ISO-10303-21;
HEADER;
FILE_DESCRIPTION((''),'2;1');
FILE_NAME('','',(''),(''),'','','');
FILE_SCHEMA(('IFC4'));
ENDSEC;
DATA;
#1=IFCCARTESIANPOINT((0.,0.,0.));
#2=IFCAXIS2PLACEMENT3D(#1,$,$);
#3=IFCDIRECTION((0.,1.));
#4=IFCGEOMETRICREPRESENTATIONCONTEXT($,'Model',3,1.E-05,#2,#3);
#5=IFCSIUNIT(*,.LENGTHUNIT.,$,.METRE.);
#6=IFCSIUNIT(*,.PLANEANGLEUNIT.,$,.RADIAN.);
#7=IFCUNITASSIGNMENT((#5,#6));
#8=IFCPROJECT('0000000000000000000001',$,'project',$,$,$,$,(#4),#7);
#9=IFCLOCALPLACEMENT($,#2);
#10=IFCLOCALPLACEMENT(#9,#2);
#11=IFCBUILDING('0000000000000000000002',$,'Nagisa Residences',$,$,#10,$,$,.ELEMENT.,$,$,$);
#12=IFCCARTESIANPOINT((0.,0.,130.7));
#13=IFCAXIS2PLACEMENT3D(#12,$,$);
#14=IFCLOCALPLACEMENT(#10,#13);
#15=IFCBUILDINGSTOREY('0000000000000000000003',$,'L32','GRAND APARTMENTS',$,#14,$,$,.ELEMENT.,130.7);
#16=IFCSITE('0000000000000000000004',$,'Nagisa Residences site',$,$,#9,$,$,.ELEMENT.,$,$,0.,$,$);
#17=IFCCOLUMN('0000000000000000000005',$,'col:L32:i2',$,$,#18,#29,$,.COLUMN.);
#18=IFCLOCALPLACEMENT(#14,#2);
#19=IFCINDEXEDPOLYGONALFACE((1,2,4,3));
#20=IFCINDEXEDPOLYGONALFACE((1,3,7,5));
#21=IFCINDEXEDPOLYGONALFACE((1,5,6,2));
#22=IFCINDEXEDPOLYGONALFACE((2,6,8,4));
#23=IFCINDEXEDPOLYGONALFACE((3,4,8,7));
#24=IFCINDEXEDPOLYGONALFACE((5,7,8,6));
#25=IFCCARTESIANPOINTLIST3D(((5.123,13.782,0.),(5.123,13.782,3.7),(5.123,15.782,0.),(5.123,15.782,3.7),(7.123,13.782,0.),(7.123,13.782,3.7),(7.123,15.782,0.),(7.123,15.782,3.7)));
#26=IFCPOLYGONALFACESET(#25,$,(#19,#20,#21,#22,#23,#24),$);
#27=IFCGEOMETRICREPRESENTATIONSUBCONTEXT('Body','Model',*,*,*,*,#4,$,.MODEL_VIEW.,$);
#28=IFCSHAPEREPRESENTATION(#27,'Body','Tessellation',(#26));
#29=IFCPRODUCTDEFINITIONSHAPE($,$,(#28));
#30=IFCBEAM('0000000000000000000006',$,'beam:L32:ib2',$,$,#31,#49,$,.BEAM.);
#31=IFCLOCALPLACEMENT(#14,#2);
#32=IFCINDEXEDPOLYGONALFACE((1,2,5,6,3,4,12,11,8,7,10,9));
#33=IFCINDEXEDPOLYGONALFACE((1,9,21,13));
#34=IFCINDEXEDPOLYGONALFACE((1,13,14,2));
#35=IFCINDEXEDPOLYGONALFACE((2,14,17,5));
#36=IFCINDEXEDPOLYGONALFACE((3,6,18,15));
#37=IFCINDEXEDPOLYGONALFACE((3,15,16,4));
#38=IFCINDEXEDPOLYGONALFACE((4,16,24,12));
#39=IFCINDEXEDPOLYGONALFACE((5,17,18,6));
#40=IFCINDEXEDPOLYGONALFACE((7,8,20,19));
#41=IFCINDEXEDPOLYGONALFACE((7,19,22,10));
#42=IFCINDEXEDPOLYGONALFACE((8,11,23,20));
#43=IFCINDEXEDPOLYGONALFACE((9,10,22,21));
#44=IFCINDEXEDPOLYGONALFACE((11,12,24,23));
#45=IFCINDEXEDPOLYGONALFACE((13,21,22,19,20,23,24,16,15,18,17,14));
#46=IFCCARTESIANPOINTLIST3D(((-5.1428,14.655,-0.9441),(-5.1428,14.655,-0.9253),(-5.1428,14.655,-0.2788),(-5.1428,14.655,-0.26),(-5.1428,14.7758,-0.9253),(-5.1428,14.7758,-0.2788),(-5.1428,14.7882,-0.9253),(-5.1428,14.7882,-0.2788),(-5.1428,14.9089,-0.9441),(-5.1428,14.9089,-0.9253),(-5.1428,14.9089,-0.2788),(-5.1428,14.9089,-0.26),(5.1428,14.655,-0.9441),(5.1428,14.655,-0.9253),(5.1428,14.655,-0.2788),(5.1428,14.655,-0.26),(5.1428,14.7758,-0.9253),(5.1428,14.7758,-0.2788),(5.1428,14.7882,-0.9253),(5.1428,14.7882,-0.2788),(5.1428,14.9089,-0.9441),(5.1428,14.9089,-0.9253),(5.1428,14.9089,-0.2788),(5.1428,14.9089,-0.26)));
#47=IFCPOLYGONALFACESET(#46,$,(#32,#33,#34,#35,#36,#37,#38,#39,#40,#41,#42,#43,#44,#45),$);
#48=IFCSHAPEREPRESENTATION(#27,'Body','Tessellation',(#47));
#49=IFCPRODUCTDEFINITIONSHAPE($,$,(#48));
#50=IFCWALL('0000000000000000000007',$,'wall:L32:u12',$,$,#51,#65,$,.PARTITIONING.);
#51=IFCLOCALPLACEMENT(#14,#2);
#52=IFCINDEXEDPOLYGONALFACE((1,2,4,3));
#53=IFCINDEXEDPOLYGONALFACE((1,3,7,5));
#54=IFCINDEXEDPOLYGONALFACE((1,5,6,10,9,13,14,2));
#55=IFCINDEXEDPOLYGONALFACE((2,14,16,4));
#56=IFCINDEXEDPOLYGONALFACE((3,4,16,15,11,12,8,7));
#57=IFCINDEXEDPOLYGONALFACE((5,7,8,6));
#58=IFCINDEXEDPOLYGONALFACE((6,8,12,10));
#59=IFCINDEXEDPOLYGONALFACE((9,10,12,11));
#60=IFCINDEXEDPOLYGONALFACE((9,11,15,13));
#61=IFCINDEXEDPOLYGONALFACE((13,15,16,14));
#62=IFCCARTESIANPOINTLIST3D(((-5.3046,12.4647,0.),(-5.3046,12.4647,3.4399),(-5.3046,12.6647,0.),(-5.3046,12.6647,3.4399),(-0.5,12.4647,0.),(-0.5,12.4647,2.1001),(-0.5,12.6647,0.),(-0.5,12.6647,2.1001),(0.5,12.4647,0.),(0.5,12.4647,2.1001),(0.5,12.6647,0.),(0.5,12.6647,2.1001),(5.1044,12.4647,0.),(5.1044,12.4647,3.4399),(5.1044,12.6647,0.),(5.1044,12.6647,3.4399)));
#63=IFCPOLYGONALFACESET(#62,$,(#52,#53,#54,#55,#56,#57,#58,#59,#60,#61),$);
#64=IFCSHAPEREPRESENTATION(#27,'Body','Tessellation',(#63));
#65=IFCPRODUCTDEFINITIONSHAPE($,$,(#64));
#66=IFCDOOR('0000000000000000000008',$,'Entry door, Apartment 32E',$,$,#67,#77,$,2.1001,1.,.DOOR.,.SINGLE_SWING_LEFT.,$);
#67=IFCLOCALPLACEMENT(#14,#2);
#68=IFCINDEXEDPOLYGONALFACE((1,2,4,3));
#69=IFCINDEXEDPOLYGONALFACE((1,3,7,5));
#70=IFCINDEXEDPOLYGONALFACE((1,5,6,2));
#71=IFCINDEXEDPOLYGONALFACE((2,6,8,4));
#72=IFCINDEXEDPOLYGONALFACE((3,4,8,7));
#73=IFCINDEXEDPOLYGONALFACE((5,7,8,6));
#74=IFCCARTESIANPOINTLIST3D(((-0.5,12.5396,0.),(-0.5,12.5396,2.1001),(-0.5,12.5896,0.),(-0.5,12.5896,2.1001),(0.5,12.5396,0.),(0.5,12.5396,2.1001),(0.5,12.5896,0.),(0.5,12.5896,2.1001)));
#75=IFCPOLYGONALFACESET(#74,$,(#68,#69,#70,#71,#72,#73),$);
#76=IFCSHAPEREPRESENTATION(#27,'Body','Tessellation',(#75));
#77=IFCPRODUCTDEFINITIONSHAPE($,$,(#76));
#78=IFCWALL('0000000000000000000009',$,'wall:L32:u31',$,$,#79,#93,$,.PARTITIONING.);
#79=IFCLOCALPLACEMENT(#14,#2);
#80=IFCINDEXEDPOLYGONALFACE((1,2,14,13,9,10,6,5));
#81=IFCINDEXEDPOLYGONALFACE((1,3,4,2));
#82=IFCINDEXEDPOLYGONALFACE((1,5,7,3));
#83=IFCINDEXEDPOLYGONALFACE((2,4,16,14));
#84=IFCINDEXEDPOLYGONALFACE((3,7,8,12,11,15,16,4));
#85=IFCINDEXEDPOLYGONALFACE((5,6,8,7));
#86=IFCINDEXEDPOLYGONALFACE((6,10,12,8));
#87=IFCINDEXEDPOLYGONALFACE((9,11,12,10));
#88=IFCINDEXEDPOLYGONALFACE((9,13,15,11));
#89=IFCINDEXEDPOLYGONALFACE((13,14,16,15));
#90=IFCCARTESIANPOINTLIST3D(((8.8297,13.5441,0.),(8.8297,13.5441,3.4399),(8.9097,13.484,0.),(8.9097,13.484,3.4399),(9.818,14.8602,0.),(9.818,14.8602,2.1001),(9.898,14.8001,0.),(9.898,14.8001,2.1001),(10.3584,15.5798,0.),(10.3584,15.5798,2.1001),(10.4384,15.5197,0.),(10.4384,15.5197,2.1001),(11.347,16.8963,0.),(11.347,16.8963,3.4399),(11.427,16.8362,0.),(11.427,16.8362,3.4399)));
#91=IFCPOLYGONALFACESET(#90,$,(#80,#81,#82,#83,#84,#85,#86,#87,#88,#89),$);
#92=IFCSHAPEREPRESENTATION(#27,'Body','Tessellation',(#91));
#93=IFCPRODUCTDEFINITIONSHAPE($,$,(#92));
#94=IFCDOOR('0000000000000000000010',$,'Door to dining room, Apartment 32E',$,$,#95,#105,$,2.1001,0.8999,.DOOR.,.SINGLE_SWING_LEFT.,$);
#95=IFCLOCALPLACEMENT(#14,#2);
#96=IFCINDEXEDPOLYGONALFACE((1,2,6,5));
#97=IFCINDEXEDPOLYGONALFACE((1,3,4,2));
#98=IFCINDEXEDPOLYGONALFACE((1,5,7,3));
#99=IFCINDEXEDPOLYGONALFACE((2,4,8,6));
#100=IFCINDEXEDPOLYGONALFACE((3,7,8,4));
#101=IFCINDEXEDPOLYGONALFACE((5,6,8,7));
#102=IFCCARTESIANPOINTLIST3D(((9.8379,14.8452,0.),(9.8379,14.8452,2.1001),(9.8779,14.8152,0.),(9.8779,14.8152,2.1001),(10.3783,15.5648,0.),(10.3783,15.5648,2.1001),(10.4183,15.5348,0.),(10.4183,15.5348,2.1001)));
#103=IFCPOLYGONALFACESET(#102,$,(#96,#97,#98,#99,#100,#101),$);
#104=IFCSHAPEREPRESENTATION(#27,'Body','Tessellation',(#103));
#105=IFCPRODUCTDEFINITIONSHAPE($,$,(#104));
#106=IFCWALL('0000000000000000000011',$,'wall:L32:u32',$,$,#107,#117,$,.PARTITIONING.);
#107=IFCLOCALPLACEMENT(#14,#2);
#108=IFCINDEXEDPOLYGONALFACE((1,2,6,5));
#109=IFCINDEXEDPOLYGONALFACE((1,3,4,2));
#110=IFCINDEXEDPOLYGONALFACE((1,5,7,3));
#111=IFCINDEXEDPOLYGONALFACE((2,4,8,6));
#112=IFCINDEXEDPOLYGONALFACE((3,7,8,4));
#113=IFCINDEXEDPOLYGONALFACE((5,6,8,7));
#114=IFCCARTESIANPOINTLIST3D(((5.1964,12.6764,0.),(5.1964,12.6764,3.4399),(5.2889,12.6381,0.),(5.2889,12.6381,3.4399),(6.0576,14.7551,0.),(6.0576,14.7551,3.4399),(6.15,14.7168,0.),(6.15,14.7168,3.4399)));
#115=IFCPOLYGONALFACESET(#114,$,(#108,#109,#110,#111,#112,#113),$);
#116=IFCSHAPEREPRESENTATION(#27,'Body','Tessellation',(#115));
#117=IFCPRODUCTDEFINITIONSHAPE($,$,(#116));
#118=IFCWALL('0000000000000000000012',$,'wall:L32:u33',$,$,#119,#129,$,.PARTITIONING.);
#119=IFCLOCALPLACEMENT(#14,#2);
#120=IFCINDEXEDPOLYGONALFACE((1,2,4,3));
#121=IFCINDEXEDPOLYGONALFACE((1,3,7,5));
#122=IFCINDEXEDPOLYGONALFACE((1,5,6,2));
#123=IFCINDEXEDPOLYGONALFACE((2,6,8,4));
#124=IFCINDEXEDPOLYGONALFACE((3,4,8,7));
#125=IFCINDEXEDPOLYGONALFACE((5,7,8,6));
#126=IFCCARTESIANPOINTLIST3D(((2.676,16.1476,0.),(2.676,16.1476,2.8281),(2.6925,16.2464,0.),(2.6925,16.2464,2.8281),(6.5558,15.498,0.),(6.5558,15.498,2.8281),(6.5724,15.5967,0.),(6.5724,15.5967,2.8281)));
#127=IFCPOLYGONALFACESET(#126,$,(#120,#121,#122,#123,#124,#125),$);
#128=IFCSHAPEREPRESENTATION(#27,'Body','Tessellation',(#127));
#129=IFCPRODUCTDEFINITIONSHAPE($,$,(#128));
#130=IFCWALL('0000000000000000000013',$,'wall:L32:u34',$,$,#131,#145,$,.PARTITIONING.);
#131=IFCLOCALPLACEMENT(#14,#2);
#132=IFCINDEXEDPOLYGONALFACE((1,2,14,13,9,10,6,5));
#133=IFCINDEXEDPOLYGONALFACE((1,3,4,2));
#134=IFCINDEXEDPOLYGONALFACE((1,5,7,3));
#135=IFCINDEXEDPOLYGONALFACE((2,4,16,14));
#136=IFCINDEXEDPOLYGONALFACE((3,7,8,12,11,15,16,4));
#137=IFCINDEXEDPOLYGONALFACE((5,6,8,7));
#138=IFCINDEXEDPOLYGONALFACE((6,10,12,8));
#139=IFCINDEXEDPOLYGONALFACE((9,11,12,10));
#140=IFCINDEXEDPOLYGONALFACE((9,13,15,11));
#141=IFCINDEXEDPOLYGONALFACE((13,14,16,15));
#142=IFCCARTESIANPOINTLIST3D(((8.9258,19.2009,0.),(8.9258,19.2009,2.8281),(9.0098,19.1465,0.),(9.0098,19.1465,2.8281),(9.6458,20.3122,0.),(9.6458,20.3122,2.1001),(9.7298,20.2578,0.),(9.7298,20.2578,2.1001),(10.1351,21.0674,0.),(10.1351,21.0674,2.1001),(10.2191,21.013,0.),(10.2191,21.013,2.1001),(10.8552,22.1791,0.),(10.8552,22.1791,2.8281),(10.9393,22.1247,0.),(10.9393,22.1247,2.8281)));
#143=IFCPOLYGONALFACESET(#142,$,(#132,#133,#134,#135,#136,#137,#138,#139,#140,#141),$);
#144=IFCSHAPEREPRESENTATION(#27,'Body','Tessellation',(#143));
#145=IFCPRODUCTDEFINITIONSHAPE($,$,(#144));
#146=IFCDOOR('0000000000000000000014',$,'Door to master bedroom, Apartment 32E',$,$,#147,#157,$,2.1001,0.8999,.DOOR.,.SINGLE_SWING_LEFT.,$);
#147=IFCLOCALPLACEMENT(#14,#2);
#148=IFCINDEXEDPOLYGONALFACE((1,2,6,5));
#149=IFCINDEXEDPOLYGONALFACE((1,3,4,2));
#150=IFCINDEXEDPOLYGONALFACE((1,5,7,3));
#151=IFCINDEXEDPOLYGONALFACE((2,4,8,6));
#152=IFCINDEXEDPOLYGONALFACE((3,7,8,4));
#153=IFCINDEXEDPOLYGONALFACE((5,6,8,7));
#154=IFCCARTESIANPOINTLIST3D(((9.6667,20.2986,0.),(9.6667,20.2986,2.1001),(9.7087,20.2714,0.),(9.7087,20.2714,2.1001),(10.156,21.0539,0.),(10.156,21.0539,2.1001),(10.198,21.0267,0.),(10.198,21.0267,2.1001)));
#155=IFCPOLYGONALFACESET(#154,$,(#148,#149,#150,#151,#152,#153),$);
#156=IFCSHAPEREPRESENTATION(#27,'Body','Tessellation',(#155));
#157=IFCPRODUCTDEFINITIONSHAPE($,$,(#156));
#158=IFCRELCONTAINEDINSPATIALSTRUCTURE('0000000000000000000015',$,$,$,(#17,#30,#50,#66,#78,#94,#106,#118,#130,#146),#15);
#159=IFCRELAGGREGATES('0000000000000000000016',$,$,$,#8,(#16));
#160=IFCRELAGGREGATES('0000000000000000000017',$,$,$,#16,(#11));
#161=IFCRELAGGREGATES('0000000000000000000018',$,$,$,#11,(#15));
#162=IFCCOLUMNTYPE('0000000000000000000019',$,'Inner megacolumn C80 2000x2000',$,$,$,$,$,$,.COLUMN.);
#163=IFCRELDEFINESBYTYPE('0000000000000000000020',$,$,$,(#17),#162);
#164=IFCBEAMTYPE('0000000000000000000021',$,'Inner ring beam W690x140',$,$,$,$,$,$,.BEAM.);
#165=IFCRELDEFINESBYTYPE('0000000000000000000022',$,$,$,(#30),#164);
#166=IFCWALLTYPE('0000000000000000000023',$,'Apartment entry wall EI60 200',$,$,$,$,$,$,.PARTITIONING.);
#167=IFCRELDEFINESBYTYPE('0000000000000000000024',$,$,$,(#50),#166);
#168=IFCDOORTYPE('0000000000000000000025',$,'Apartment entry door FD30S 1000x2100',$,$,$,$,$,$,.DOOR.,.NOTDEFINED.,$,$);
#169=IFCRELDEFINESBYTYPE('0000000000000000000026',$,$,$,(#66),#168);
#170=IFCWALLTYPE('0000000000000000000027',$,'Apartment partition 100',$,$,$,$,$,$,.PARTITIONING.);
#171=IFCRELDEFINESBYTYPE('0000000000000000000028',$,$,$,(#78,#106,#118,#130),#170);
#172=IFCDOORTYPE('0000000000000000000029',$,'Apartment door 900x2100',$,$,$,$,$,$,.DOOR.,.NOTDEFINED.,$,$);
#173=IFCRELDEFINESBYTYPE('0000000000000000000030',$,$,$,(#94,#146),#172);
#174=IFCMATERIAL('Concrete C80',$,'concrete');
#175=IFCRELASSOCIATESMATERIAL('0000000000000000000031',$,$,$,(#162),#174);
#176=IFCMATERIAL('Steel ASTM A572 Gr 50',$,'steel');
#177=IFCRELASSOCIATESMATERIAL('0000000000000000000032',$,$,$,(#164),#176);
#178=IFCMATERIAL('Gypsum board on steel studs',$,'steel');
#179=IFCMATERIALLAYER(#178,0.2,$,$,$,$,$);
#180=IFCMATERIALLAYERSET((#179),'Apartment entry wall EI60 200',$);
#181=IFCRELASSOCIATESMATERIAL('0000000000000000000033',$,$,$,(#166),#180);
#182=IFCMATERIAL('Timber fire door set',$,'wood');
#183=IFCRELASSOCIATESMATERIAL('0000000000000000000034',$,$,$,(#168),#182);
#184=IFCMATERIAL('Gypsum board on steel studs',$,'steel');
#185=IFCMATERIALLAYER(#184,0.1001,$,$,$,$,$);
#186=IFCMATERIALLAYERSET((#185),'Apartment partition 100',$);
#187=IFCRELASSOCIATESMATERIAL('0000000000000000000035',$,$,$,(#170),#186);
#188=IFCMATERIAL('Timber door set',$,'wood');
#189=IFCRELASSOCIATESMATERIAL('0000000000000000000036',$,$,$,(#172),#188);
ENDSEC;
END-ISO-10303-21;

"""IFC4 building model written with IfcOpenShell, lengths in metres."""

from ifc_helpers import new_model, si_unit, direction, frame, frame_2d, origin, origin_2d, place, context, subcontext, project, spatial, rectangle, i_section, extrude, material, layer, layer_set, material_profile, profile_set, type_object, element, fill, save


model = new_model("IFC4")

# Units and contexts
model_context = context("Model", 3, precision=1e-05, world=origin(), true_north=direction((0.0, 1.0)))
body_context = subcontext(model_context, "Body", "Model", "MODEL_VIEW")
ifc_project = project(units=[si_unit("LENGTHUNIT", "METRE"), si_unit("PLANEANGLEUNIT", "RADIAN")], contexts=[model_context])

# Site, building, storey
site_placement = place(None, origin())
site = spatial("IfcSite", under=ifc_project, at=site_placement, Name="Nagisa Residences site", CompositionType="ELEMENT", RefElevation=0.0)
building_placement = place(site_placement, origin())
building = spatial("IfcBuilding", under=site, at=building_placement, Name="Nagisa Residences", CompositionType="ELEMENT")
storey_placement = place(building_placement, frame((0.0, 0.0, 130.7)))
storey = spatial("IfcBuildingStorey", under=building, at=storey_placement, Name="L32", Description="GRAND APARTMENTS", CompositionType="ELEMENT", Elevation=130.7)

# Column
ifc_material_1 = material(Name="Concrete C80", Category="concrete")
ifc_material_profile_1 = material_profile(ifc_material_1, rectangle(XDim=2.0, YDim=2.0, at=origin_2d()), Name="C80 2000x2000")
ifc_profile_set_1 = profile_set([ifc_material_profile_1], Name="Concrete C80")
column_type = type_object("IfcColumnType", Name="Inner megacolumn C80 2000x2000", PredefinedType="COLUMN", material=ifc_profile_set_1)
column_placement = place(storey_placement, frame((6.123, 14.782, 0.0), z_axis=(0.0, 0.0, 1.0), x_axis=(1.0, 0.0, 0.0)))
element("IfcColumn", 1, at=column_placement, inside=storey, type_object=column_type, Name="col:L32:i2", PredefinedType="COLUMN", context=body_context, shape_type="SweptSolid", body=[
    extrude(rectangle(XDim=2.0, YDim=2.0, at=origin_2d()), origin(), (0.0, 0.0, 1.0), 3.7),
])

# Beam
ifc_material_2 = material(Name="Steel ASTM A572 Gr 50", Category="steel")
ifc_material_profile_2 = material_profile(ifc_material_2, i_section(OverallWidth=0.2539, OverallDepth=0.6841, WebThickness=0.0125, FlangeThickness=0.0188, at=origin_2d()), Name="W690x140")
ifc_profile_set_2 = profile_set([ifc_material_profile_2], Name="Steel ASTM A572 Gr 50")
beam_type = type_object("IfcBeamType", Name="Inner ring beam W690x140", PredefinedType="BEAM", material=ifc_profile_set_2)
beam_placement = place(storey_placement, frame((5.1428, 14.782, -0.6021), z_axis=(-1.0, 0.0, 0.0), x_axis=(0.0, -1.0, 0.0)))
element("IfcBeam", 2, at=beam_placement, inside=storey, type_object=beam_type, Name="beam:L32:ib2", PredefinedType="BEAM", context=body_context, shape_type="SweptSolid", body=[
    extrude(i_section(OverallWidth=0.2539, OverallDepth=0.6841, WebThickness=0.0125, FlangeThickness=0.0188, at=origin_2d()), origin(), (0.0, 0.0, 1.0), 10.2856),
])

# Walls, openings, doors
ifc_material_3 = material(Name="Gypsum board on steel studs", Category="steel")
ifc_layer_1 = layer(ifc_material_3, 0.2)
ifc_layer_set_1 = layer_set([ifc_layer_1], Name="Apartment entry wall EI60 200")
wall_type_1 = type_object("IfcWallType", Name="Apartment entry wall EI60 200", PredefinedType="PARTITIONING", material=ifc_layer_set_1)
wall_1_placement = place(storey_placement, frame((5.1045, 12.5647, 0.0), z_axis=(0.0, 0.0, 1.0), x_axis=(-1.0, 0.0, 0.0)))
wall_1 = element("IfcWall", 3, at=wall_1_placement, inside=storey, type_object=wall_type_1, Name="wall:L32:u12", PredefinedType="PARTITIONING", context=body_context, shape_type="SweptSolid", body=[
    extrude(rectangle(XDim=10.4089, YDim=0.2, at=frame_2d((5.2046, 0.0))), origin(), (0.0, 0.0, 1.0), 3.4399),
])
opening_1_placement = place(wall_1_placement, frame((4.6045, 0.0, 0.0)))
opening_1 = element("IfcOpeningElement", 4, at=opening_1_placement, cuts=wall_1, PredefinedType="OPENING", context=body_context, shape_type="SweptSolid", body=[
    extrude(rectangle(XDim=1.0, YDim=2.1001, at=frame_2d((0.5, 1.05))), frame((0.0, 0.1099, 0.0), z_axis=(0.0, -1.0, 0.0), x_axis=(1.0, 0.0, 0.0)), (0.0, 0.0, 1.0), 0.22),
])
ifc_material_4 = material(Name="Timber fire door set", Category="wood")
door_type_1 = type_object("IfcDoorType", Name="Apartment entry door FD30S 1000x2100", OperationType="NOTDEFINED", PredefinedType="DOOR", material=ifc_material_4)
door_1_placement = place(opening_1_placement, frame((1.0, 0.0, 0.0), x_axis=(-1.0, 0.0, 0.0)))
door_1 = element("IfcDoor", 5, at=door_1_placement, inside=storey, type_object=door_type_1, Name="Entry door, Apartment 32E", OperationType="SINGLE_SWING_LEFT", OverallHeight=2.1001, OverallWidth=1.0, PredefinedType="DOOR", context=body_context, shape_type="SweptSolid", body=[
    extrude(rectangle(XDim=1.0, YDim=2.1001, at=frame_2d((0.5, 1.05))), frame((0.0, 0.0249, 0.0), z_axis=(0.0, -1.0, 0.0), x_axis=(1.0, 0.0, 0.0)), (0.0, 0.0, 1.0), 0.05),
])
fill(opening_1, door_1)
ifc_material_5 = material(Name="Gypsum board on steel studs", Category="steel")
ifc_layer_2 = layer(ifc_material_5, 0.1001)
ifc_layer_set_2 = layer_set([ifc_layer_2], Name="Apartment partition 100")
wall_type_2 = type_object("IfcWallType", Name="Apartment partition 100", PredefinedType="PARTITIONING", material=ifc_layer_set_2)
wall_2_placement = place(storey_placement, frame((8.8696, 13.5139, 0.0), z_axis=(0.0, 0.0, 1.0), x_axis=(0.600475, 0.799643, 0.0)))
wall_2 = element("IfcWall", 6, at=wall_2_placement, inside=storey, type_object=wall_type_2, Name="wall:L32:u31", PredefinedType="PARTITIONING", context=body_context, shape_type="SweptSolid", body=[
    extrude(rectangle(XDim=4.1921, YDim=0.1001, at=frame_2d((2.0962, 0.0))), origin(), (0.0, 0.0, 1.0), 3.4399),
])
opening_2_placement = place(wall_2_placement, frame((1.646, 0.0, 0.0)))
opening_2 = element("IfcOpeningElement", 7, at=opening_2_placement, cuts=wall_2, PredefinedType="OPENING", context=body_context, shape_type="SweptSolid", body=[
    extrude(rectangle(XDim=0.8999, YDim=2.1001, at=frame_2d((0.45, 1.05))), frame((0.0, 0.0601, 0.0), z_axis=(0.0, -1.0, 0.0), x_axis=(1.0, 0.0, 0.0)), (0.0, 0.0, 1.0), 0.1201),
])
ifc_material_6 = material(Name="Timber door set", Category="wood")
door_type_2 = type_object("IfcDoorType", Name="Apartment door 900x2100", OperationType="NOTDEFINED", PredefinedType="DOOR", material=ifc_material_6)
door_2_placement = place(opening_2_placement, frame((0.8999, 0.0, 0.0), x_axis=(-1.0, 0.0, 0.0)))
door_2 = element("IfcDoor", 8, at=door_2_placement, inside=storey, type_object=door_type_2, Name="Door to dining room, Apartment 32E", OperationType="SINGLE_SWING_LEFT", OverallHeight=2.1001, OverallWidth=0.8999, PredefinedType="DOOR", context=body_context, shape_type="SweptSolid", body=[
    extrude(rectangle(XDim=0.8999, YDim=2.1001, at=frame_2d((0.45, 1.05))), frame((0.0, 0.0249, 0.0), z_axis=(0.0, -1.0, 0.0), x_axis=(1.0, 0.0, 0.0)), (0.0, 0.0, 1.0), 0.05),
])
fill(opening_2, door_2)

# Walls
wall_3_placement = place(storey_placement, frame((5.2427, 12.6572, 0.0), z_axis=(0.0, 0.0, 1.0), x_axis=(0.382719, 0.923865, 0.0)))
element("IfcWall", 9, at=wall_3_placement, inside=storey, type_object=wall_type_2, Name="wall:L32:u32", PredefinedType="PARTITIONING", context=body_context, shape_type="SweptSolid", body=[
    extrude(rectangle(XDim=2.25, YDim=0.1001, at=frame_2d((1.125, 0.0))), origin(), (0.0, 0.0, 1.0), 3.4399),
])
wall_4_placement = place(storey_placement, frame((6.564, 15.5474, 0.0), z_axis=(0.0, 0.0, 1.0), x_axis=(-0.98627, 0.165144, 0.0)))
element("IfcWall", 10, at=wall_4_placement, inside=storey, type_object=wall_type_2, Name="wall:L32:u33", PredefinedType="PARTITIONING", context=body_context, shape_type="SweptSolid", body=[
    extrude(rectangle(XDim=3.9338, YDim=0.1001, at=frame_2d((1.9668, 0.0))), origin(), (0.0, 0.0, 1.0), 2.8281),
])

# Wall, opening, door
wall_5_placement = place(storey_placement, frame((8.9678, 19.1736, 0.0), z_axis=(0.0, 0.0, 1.0), x_axis=(0.543713, 0.839271, 0.0)))
wall_5 = element("IfcWall", 11, at=wall_5_placement, inside=storey, type_object=wall_type_2, Name="wall:L32:u34", PredefinedType="PARTITIONING", context=body_context, shape_type="SweptSolid", body=[
    extrude(rectangle(XDim=3.5486, YDim=0.1001, at=frame_2d((1.7744, 0.0))), origin(), (0.0, 0.0, 1.0), 2.8281),
])
opening_3_placement = place(wall_5_placement, frame((1.3242, 0.0, 0.0)))
opening_3 = element("IfcOpeningElement", 12, at=opening_3_placement, cuts=wall_5, PredefinedType="OPENING", context=body_context, shape_type="SweptSolid", body=[
    extrude(rectangle(XDim=0.8999, YDim=2.1001, at=frame_2d((0.45, 1.05))), frame((0.0, 0.0601, 0.0), z_axis=(0.0, -1.0, 0.0), x_axis=(1.0, 0.0, 0.0)), (0.0, 0.0, 1.0), 0.1201),
])
door_3_placement = place(opening_3_placement, frame((0.8999, 0.0, 0.0), x_axis=(-1.0, 0.0, 0.0)))
door_3 = element("IfcDoor", 13, at=door_3_placement, inside=storey, type_object=door_type_2, Name="Door to master bedroom, Apartment 32E", OperationType="SINGLE_SWING_LEFT", OverallHeight=2.1001, OverallWidth=0.8999, PredefinedType="DOOR", context=body_context, shape_type="SweptSolid", body=[
    extrude(rectangle(XDim=0.8999, YDim=2.1001, at=frame_2d((0.45, 1.05))), frame((0.0, 0.0249, 0.0), z_axis=(0.0, -1.0, 0.0), x_axis=(1.0, 0.0, 0.0)), (0.0, 0.0, 1.0), 0.05),
])
fill(opening_3, door_3)

save(model, "model.ifc")
